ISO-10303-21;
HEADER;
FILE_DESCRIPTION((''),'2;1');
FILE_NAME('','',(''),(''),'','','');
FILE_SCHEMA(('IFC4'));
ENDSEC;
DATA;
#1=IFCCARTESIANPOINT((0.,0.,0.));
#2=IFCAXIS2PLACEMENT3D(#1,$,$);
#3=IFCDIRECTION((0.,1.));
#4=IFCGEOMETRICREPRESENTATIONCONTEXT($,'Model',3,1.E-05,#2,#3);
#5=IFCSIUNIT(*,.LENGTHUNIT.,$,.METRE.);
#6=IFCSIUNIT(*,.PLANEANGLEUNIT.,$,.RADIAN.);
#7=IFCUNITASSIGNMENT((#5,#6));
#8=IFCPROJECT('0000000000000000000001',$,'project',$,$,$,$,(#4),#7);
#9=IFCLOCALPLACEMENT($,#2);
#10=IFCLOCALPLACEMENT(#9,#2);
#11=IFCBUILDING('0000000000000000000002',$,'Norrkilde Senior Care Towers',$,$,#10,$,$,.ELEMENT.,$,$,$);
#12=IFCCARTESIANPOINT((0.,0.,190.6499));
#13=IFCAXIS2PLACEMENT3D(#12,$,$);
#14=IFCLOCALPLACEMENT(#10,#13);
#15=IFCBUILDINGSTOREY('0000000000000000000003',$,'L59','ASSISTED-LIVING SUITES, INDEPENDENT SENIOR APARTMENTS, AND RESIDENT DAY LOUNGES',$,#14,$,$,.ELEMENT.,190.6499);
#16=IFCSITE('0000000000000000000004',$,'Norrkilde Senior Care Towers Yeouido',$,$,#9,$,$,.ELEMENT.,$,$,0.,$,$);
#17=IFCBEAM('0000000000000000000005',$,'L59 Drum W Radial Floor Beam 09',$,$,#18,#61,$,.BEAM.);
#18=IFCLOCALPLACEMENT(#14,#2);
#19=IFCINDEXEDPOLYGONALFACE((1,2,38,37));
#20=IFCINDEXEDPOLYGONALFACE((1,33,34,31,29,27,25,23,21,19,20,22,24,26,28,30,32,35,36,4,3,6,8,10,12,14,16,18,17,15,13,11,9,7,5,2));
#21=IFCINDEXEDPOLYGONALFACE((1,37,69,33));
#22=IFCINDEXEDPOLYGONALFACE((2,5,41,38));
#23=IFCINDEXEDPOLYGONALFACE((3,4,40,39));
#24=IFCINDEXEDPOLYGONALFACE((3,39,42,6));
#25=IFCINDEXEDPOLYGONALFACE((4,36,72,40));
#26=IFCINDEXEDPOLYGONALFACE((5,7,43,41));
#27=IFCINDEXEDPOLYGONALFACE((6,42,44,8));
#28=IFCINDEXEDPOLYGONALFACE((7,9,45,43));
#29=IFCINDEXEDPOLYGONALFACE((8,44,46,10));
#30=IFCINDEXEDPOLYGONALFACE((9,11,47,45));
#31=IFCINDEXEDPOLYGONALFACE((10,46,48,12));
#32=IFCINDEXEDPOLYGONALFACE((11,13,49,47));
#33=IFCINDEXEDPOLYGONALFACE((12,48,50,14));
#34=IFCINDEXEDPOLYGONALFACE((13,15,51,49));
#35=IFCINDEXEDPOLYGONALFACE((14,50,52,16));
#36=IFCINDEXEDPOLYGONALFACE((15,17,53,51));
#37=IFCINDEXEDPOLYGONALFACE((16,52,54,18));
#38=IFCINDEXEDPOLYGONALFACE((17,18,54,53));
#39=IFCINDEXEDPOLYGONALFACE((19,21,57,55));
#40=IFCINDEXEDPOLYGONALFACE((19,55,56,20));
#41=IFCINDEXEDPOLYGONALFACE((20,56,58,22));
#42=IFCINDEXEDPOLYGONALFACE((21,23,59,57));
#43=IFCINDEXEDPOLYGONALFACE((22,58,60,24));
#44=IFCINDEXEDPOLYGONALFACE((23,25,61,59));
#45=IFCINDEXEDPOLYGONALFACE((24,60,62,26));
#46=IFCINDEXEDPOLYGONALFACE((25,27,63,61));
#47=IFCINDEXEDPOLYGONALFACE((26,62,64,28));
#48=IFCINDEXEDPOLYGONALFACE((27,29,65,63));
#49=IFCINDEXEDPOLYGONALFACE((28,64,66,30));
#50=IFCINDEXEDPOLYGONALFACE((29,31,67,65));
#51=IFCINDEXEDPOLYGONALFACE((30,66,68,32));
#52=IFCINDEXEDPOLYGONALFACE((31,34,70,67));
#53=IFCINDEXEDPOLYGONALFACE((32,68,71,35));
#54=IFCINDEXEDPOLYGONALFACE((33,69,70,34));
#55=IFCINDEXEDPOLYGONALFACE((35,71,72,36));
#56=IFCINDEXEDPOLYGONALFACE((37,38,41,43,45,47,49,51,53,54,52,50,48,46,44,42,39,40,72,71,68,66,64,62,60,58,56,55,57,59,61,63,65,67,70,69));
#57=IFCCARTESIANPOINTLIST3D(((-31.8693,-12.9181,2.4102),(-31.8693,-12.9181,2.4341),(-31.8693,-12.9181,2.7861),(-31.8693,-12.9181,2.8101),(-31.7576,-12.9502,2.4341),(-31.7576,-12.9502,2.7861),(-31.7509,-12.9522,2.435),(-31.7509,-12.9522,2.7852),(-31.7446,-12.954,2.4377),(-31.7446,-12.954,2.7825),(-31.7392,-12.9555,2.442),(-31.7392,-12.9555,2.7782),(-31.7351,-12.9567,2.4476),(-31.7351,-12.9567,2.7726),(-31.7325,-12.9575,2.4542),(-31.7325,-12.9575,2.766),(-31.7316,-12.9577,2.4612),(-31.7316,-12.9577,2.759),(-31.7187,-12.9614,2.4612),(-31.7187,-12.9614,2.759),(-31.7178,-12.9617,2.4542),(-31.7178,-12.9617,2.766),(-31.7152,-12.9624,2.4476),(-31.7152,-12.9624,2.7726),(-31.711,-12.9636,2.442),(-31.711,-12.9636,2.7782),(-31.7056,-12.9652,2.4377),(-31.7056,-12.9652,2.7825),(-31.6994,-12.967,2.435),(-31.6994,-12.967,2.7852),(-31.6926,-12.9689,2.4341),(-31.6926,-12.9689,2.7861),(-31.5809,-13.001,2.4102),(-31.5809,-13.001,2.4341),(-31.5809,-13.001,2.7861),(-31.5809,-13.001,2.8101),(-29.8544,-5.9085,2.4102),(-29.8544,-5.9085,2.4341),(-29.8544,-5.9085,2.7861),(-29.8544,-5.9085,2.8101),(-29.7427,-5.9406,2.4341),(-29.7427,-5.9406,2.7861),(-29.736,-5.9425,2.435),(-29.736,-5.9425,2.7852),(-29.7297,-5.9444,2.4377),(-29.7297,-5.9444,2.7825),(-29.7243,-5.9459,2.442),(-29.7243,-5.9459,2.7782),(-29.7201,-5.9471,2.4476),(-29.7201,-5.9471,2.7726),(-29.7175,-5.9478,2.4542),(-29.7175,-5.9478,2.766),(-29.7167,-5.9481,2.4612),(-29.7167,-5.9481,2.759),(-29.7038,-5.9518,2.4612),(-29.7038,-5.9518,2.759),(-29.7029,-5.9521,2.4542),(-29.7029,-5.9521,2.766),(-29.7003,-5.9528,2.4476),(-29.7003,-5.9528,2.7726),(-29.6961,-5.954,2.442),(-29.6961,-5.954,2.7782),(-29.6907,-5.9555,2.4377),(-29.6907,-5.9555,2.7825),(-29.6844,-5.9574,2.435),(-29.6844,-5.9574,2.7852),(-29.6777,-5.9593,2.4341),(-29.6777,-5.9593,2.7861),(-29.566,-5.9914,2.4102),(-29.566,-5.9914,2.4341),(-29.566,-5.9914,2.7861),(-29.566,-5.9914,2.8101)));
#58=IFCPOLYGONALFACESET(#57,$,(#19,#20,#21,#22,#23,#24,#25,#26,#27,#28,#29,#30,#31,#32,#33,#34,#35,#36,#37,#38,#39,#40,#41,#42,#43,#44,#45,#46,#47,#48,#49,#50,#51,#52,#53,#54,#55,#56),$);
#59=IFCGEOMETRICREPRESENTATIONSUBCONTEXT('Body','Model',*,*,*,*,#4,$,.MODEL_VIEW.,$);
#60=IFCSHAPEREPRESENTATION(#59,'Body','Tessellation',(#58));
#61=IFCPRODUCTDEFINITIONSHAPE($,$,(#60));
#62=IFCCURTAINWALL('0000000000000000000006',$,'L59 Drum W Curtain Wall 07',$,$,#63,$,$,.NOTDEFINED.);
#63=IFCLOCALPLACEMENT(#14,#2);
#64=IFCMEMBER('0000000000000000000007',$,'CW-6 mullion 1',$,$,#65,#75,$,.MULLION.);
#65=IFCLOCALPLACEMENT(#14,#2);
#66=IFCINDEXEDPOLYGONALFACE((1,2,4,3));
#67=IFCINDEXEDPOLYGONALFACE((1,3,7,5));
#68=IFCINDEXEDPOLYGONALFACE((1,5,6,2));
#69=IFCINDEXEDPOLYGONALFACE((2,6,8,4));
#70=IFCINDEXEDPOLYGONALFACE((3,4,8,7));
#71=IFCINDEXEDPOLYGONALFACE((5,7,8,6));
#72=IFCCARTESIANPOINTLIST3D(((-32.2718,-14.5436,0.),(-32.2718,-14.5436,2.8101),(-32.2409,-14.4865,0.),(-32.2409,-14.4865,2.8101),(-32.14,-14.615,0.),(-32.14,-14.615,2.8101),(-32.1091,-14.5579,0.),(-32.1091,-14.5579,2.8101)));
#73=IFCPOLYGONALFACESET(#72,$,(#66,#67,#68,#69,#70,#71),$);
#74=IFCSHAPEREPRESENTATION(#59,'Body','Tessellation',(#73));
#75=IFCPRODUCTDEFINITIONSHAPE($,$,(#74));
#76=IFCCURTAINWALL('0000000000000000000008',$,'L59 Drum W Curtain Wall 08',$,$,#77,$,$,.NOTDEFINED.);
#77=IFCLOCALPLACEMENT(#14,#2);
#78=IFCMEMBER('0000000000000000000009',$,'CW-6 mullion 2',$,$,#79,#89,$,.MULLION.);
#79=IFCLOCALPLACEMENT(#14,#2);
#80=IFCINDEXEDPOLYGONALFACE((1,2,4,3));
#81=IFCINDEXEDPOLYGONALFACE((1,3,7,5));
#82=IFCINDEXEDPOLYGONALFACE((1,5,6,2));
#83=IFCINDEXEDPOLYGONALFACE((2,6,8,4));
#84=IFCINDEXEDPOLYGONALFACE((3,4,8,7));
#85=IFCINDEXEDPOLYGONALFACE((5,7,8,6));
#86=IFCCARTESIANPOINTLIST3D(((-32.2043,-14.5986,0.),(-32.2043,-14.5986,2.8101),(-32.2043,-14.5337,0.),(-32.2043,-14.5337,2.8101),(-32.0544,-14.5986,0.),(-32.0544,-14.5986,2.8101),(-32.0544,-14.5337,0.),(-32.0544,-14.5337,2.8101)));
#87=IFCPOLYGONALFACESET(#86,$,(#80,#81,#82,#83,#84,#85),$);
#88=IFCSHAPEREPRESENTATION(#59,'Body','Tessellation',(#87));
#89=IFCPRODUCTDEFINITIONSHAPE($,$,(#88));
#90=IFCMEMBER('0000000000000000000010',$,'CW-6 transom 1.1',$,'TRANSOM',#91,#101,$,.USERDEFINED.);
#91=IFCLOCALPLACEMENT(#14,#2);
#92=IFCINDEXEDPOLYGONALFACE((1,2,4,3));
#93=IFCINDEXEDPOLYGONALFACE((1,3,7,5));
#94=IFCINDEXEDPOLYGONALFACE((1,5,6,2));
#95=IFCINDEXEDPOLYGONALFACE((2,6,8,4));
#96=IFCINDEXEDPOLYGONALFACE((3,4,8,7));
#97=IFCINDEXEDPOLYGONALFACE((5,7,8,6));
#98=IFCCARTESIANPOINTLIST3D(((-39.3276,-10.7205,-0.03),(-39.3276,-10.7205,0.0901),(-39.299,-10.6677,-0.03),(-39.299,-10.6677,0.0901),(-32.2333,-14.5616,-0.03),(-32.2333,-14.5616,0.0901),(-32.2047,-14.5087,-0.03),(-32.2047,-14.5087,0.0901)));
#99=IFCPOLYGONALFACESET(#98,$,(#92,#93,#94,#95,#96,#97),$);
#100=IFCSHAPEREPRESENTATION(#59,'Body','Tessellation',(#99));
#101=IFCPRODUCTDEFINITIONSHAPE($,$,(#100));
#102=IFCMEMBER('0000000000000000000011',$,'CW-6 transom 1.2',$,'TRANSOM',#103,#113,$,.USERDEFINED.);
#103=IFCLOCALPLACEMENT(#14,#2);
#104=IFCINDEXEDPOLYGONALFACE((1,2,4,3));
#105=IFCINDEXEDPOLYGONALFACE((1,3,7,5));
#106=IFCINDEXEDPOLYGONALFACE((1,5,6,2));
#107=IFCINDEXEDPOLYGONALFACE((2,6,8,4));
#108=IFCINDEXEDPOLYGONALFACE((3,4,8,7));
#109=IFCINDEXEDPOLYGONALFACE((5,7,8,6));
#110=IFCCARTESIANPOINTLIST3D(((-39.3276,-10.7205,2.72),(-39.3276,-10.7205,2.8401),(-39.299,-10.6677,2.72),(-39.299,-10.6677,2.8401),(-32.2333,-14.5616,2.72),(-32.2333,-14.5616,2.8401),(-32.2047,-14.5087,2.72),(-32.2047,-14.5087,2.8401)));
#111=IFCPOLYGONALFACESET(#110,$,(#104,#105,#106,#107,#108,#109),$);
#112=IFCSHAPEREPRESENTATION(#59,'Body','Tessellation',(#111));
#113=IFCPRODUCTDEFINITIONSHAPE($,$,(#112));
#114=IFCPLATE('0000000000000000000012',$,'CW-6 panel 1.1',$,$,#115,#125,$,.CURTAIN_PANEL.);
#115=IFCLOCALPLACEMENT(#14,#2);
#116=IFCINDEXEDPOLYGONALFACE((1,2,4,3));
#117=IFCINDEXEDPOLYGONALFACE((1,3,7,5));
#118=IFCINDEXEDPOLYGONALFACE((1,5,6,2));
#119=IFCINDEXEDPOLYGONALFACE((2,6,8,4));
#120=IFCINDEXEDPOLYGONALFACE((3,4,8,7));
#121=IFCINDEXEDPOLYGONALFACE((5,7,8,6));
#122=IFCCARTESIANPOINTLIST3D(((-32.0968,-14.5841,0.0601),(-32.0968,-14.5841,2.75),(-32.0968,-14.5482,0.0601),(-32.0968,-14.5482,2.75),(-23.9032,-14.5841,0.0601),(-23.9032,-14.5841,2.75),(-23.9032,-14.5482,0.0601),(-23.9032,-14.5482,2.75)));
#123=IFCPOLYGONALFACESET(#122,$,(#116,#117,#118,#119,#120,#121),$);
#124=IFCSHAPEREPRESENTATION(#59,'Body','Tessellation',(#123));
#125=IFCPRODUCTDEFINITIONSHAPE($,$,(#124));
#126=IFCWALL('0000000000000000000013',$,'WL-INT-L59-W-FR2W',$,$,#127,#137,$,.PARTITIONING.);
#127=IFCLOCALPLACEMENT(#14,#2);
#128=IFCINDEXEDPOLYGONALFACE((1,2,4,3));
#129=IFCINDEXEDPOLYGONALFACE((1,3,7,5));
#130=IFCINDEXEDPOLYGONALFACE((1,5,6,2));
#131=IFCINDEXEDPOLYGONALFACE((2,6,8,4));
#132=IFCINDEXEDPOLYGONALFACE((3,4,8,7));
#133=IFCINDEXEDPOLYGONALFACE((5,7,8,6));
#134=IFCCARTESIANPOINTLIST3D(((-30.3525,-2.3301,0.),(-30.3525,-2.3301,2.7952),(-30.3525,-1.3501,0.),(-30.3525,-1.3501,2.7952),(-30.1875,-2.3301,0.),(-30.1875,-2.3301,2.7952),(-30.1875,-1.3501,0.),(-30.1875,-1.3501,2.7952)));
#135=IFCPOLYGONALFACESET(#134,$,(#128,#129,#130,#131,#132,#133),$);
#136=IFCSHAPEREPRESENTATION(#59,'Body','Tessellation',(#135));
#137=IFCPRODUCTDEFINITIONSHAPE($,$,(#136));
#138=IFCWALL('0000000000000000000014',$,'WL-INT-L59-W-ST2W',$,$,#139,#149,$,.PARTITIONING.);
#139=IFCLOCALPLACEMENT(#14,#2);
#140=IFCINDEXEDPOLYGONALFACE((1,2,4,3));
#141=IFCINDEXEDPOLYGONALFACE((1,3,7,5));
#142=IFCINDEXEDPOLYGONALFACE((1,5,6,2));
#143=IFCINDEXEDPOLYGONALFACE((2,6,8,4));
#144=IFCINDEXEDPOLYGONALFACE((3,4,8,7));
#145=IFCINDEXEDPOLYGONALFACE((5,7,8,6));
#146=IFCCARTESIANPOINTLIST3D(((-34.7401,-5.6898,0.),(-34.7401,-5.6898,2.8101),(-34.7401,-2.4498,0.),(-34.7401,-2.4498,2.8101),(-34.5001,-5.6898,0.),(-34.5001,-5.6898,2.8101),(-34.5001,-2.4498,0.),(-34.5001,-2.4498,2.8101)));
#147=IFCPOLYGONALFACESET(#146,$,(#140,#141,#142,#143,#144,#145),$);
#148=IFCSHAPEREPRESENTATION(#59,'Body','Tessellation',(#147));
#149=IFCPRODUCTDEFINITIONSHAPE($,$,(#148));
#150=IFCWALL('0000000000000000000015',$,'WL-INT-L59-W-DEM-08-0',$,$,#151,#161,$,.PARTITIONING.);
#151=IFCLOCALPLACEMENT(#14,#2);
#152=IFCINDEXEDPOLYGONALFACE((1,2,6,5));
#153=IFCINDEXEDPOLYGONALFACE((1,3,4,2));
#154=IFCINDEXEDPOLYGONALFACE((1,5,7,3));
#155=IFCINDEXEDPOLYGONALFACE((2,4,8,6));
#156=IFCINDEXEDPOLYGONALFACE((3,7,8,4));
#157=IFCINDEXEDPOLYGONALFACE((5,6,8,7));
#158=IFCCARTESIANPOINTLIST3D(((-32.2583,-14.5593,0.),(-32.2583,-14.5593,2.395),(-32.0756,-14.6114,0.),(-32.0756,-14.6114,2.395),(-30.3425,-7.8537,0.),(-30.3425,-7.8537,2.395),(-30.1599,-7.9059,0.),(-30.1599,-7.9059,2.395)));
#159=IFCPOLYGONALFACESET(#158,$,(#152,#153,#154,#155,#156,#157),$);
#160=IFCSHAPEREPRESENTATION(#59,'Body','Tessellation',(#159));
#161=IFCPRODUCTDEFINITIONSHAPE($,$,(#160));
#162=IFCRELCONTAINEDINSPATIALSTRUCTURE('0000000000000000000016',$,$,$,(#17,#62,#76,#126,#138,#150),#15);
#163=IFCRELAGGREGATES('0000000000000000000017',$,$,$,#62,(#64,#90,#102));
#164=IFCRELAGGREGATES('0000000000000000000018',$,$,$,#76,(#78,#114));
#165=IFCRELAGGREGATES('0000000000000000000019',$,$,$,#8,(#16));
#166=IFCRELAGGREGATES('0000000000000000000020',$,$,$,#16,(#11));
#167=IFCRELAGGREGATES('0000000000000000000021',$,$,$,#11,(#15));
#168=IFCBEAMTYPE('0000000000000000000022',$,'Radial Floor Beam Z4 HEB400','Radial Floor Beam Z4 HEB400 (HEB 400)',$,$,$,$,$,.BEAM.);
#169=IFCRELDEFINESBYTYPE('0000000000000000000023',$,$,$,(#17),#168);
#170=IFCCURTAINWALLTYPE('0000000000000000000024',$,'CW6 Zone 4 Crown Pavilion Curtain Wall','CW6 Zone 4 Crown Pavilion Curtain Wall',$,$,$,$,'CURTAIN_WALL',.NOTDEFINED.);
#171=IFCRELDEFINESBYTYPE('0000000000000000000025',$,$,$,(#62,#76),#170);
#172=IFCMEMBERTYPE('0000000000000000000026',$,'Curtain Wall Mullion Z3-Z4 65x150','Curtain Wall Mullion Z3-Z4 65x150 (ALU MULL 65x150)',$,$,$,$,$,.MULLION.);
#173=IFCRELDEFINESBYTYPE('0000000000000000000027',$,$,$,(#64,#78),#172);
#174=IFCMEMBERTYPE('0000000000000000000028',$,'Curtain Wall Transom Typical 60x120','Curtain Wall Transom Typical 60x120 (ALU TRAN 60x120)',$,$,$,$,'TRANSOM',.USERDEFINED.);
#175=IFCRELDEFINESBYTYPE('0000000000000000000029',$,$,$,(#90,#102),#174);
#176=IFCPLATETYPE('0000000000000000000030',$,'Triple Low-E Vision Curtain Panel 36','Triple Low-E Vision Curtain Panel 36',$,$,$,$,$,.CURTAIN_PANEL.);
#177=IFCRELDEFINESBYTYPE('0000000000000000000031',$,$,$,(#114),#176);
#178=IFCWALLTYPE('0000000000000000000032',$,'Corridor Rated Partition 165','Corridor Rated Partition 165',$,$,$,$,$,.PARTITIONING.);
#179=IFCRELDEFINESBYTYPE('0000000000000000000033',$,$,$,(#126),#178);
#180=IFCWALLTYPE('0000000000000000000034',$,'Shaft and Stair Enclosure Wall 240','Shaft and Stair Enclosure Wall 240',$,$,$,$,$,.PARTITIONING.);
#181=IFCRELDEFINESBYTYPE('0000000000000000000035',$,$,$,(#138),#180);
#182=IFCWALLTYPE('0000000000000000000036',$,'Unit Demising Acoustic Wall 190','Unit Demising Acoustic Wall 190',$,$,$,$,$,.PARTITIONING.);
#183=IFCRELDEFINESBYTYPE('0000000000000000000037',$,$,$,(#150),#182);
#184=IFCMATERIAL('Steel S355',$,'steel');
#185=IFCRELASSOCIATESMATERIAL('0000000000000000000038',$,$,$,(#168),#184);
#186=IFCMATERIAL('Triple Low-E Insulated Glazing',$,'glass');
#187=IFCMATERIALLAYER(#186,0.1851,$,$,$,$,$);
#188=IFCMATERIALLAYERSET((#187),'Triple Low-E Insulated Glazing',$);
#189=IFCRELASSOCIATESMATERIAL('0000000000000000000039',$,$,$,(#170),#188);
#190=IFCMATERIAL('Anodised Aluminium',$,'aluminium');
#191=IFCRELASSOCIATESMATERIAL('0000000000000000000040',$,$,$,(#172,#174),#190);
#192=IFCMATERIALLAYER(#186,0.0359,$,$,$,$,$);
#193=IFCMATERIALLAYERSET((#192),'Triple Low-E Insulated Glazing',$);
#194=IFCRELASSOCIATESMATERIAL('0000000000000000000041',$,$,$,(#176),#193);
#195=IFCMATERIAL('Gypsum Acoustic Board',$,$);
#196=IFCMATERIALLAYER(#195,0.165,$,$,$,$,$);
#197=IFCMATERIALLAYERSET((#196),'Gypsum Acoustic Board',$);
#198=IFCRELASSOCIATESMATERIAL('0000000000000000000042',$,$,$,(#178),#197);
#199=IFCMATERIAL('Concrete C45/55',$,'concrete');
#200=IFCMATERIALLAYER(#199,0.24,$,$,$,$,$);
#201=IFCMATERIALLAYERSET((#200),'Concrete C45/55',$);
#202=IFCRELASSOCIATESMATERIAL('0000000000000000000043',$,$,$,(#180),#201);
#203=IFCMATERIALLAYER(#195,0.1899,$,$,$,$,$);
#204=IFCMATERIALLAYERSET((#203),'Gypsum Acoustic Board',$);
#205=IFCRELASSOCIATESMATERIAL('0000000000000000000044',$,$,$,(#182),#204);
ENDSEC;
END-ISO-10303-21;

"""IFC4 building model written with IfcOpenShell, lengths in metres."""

from ifc_helpers import new_model, si_unit, direction, frame, frame_2d, origin, origin_2d, place, context, subcontext, project, spatial, rectangle, i_section, extrude, source, transform, mapped, material, layer, layer_set, material_profile, profile_set, type_object, type_shapes, element, aggregate, save


model = new_model("IFC4")

# Units and contexts
model_context = context("Model", 3, precision=1e-05, world=origin(), true_north=direction((0.0, 1.0)))
body_context = subcontext(model_context, "Body", "Model", "MODEL_VIEW")
ifc_project = project(units=[si_unit("LENGTHUNIT", "METRE"), si_unit("PLANEANGLEUNIT", "RADIAN")], contexts=[model_context])

# Site, building, storey
site_placement = place(None, origin())
site = spatial("IfcSite", under=ifc_project, at=site_placement, Name="Norrkilde Senior Care Towers Yeouido", CompositionType="ELEMENT", RefElevation=0.0)
building_placement = place(site_placement, origin())
building = spatial("IfcBuilding", under=site, at=building_placement, Name="Norrkilde Senior Care Towers", CompositionType="ELEMENT")
storey_placement = place(building_placement, frame((0.0, 0.0, 190.6499)))
storey = spatial("IfcBuildingStorey", under=building, at=storey_placement, Name="L59", Description="ASSISTED-LIVING SUITES, INDEPENDENT SENIOR APARTMENTS, AND RESIDENT DAY LOUNGES", CompositionType="ELEMENT", Elevation=190.6499)

# Beam
ifc_material_1 = material(Name="Steel S355", Category="steel")
ifc_material_profile_1 = material_profile(ifc_material_1, i_section(OverallWidth=0.3, OverallDepth=0.3999, WebThickness=0.0134, FlangeThickness=0.0239, FilletRadius=0.0271, at=origin_2d()), Name="HEB 400")
ifc_profile_set_1 = profile_set([ifc_material_profile_1], Name="Steel S355")
beam_type_1 = type_object("IfcBeamType", Name="Radial Floor Beam Z4 HEB400", Description="Radial Floor Beam Z4 HEB400 (HEB 400)", PredefinedType="BEAM", material=ifc_profile_set_1)
shared_shape_1 = source(origin(), body_context, "Body", "SweptSolid", [
    extrude(i_section(OverallWidth=0.3, OverallDepth=0.3999, WebThickness=0.0134, FlangeThickness=0.0239, FilletRadius=0.0271, at=origin_2d()), origin(), (0.0, 0.0, 1.0), 7.2935),
])
beam_1_placement = place(storey_placement, frame((-29.7102, -5.95, 2.6101), z_axis=(-0.276264, -0.961082, 0.0), x_axis=(0.961082, -0.276264, 0.0)))
element("IfcBeam", 1, at=beam_1_placement, inside=storey, type_object=beam_type_1, Name="L59 Drum W Radial Floor Beam 09", PredefinedType="BEAM", context=body_context, shape_type="MappedRepresentation", body=[
    mapped(shared_shape_1, transform((0.0, 0.0, 0.0), x_axis=(1.0, 0.0, 0.0), y_axis=(0.0, 1.0, 0.0), z_axis=(0.0, 0.0, 1.0), scale=1.0)),
])

# Curtain walls, members
ifc_material_2 = material(Name="Triple Low-E Insulated Glazing", Category="glass")
ifc_layer_1 = layer(ifc_material_2, 0.1851)
ifc_layer_set_1 = layer_set([ifc_layer_1], Name="Triple Low-E Insulated Glazing")
curtain_wall_type = type_object("IfcCurtainWallType", Name="CW6 Zone 4 Crown Pavilion Curtain Wall", Description="CW6 Zone 4 Crown Pavilion Curtain Wall", ElementType="CURTAIN_WALL", PredefinedType="NOTDEFINED", material=ifc_layer_set_1)
curtain_wall_1_placement = place(storey_placement, origin())
curtain_wall_1 = element("IfcCurtainWall", 2, at=curtain_wall_1_placement, inside=storey, type_object=curtain_wall_type, Name="L59 Drum W Curtain Wall 07", PredefinedType="NOTDEFINED")
ifc_material_3 = material(Name="Anodised Aluminium", Category="aluminium")
ifc_material_profile_2 = material_profile(ifc_material_3, rectangle(XDim=0.0649, YDim=0.1499, at=origin_2d()), Name="ALU MULL 65x150")
ifc_profile_set_2 = profile_set([ifc_material_profile_2], Name="Anodised Aluminium")
member_type_1 = type_object("IfcMemberType", Name="Curtain Wall Mullion Z3-Z4 65x150", Description="Curtain Wall Mullion Z3-Z4 65x150 (ALU MULL 65x150)", PredefinedType="MULLION", material=ifc_profile_set_2)
shared_shape_2 = source(origin(), body_context, "Body", "SweptSolid", [
    extrude(rectangle(XDim=0.0649, YDim=0.1499, at=origin_2d()), origin(), (0.0, 0.0, 1.0), 2.8101),
])
type_shapes(member_type_1, [shared_shape_2])
member_1_placement = place(storey_placement, frame((-32.1904, -14.5508, 0.0), z_axis=(0.0, 0.0, 1.0), x_axis=(-0.476133, -0.879373, 0.0)))
member_1 = element("IfcMember", 3, at=member_1_placement, type_object=member_type_1, Name="CW-6 mullion 1", PredefinedType="MULLION", context=body_context, shape_type="MappedRepresentation", body=[
    mapped(shared_shape_2, transform((0.0, 0.0, 0.0), x_axis=(1.0, 0.0, 0.0), y_axis=(0.0, 1.0, 0.0), z_axis=(0.0, 0.0, 1.0), scale=1.0)),
])
curtain_wall_2_placement = place(storey_placement, origin())
curtain_wall_2 = element("IfcCurtainWall", 4, at=curtain_wall_2_placement, inside=storey, type_object=curtain_wall_type, Name="L59 Drum W Curtain Wall 08", PredefinedType="NOTDEFINED")
member_2_placement = place(storey_placement, frame((-32.1294, -14.5662, 0.0), z_axis=(0.0, 0.0, 1.0), x_axis=(0.0, -1.0, 0.0)))
member_2 = element("IfcMember", 5, at=member_2_placement, type_object=member_type_1, Name="CW-6 mullion 2", PredefinedType="MULLION", context=body_context, shape_type="MappedRepresentation", body=[
    mapped(shared_shape_2, transform((0.0, 0.0, 0.0), x_axis=(1.0, 0.0, 0.0), y_axis=(0.0, 1.0, 0.0), z_axis=(0.0, 0.0, 1.0), scale=1.0)),
])

# Members
ifc_material_profile_3 = material_profile(ifc_material_3, rectangle(XDim=0.0601, YDim=0.1201, at=origin_2d()), Name="ALU TRAN 60x120")
ifc_profile_set_3 = profile_set([ifc_material_profile_3], Name="Anodised Aluminium")
member_type_2 = type_object("IfcMemberType", Name="Curtain Wall Transom Typical 60x120", Description="Curtain Wall Transom Typical 60x120 (ALU TRAN 60x120)", ElementType="TRANSOM", PredefinedType="USERDEFINED", material=ifc_profile_set_3)
shared_shape_3 = source(origin(), body_context, "Body", "SweptSolid", [
    extrude(rectangle(XDim=0.0601, YDim=0.1201, at=origin_2d()), origin(), (0.0, 0.0, 1.0), 8.0674),
])
type_shapes(member_type_2, [shared_shape_3])
member_3_placement = place(storey_placement, frame((-32.219, -14.5352, 0.03), z_axis=(-0.879378, 0.476125, 0.0), x_axis=(-0.476125, -0.879378, 0.0)))
member_3 = element("IfcMember", 6, at=member_3_placement, type_object=member_type_2, Name="CW-6 transom 1.1", ObjectType="TRANSOM", PredefinedType="USERDEFINED", context=body_context, shape_type="MappedRepresentation", body=[
    mapped(shared_shape_3, transform((0.0, 0.0, 0.0), x_axis=(1.0, 0.0, 0.0), y_axis=(0.0, 1.0, 0.0), z_axis=(0.0, 0.0, 1.0), scale=1.0)),
])
member_4_placement = place(storey_placement, frame((-32.219, -14.5352, 2.78), z_axis=(-0.879378, 0.476125, 0.0), x_axis=(-0.476125, -0.879378, 0.0)))
member_4 = element("IfcMember", 7, at=member_4_placement, type_object=member_type_2, Name="CW-6 transom 1.2", ObjectType="TRANSOM", PredefinedType="USERDEFINED", context=body_context, shape_type="MappedRepresentation", body=[
    mapped(shared_shape_3, transform((0.0, 0.0, 0.0), x_axis=(1.0, 0.0, 0.0), y_axis=(0.0, 1.0, 0.0), z_axis=(0.0, 0.0, 1.0), scale=1.0)),
])
aggregate(curtain_wall_1, [member_1, member_3, member_4])

# Plate
ifc_layer_2 = layer(ifc_material_2, 0.0359)
ifc_layer_set_2 = layer_set([ifc_layer_2], Name="Triple Low-E Insulated Glazing")
plate_type = type_object("IfcPlateType", Name="Triple Low-E Vision Curtain Panel 36", Description="Triple Low-E Vision Curtain Panel 36", PredefinedType="CURTAIN_PANEL", material=ifc_layer_set_2)
shared_shape_4 = source(origin(), body_context, "Body", "SweptSolid", [
    extrude(rectangle(XDim=8.1936, YDim=0.0359, at=origin_2d()), origin(), (0.0, 0.0, 1.0), 2.6899),
])
type_shapes(plate_type, [shared_shape_4])
plate_placement = place(storey_placement, frame((-28.0, -14.5662, 0.0601), z_axis=(0.0, 0.0, 1.0), x_axis=(-1.0, 0.0, 0.0)))
plate = element("IfcPlate", 8, at=plate_placement, type_object=plate_type, Name="CW-6 panel 1.1", PredefinedType="CURTAIN_PANEL", context=body_context, shape_type="MappedRepresentation", body=[
    mapped(shared_shape_4, transform((0.0, 0.0, 0.0), x_axis=(1.0, 0.0, 0.0), y_axis=(0.0, 1.0, 0.0), z_axis=(0.0, 0.0, 1.0), scale=1.0)),
])
aggregate(curtain_wall_2, [member_2, plate])

# Wall
ifc_material_4 = material(Name="Gypsum Acoustic Board")
ifc_layer_3 = layer(ifc_material_4, 0.165)
ifc_layer_set_3 = layer_set([ifc_layer_3], Name="Gypsum Acoustic Board")
wall_type_1 = type_object("IfcWallType", Name="Corridor Rated Partition 165", Description="Corridor Rated Partition 165", PredefinedType="PARTITIONING", material=ifc_layer_set_3)
shared_shape_5 = source(origin(), body_context, "Body", "SweptSolid", [
    extrude(rectangle(XDim=0.98, YDim=0.165, at=frame_2d((0.49, 0.0))), origin(), (0.0, 0.0, 1.0), 2.7952),
])
type_shapes(wall_type_1, [shared_shape_5])
wall_1_placement = place(storey_placement, frame((-30.27, -2.3301, 0.0), z_axis=(0.0, 0.0, 1.0), x_axis=(0.0, 1.0, 0.0)))
element("IfcWall", 9, at=wall_1_placement, inside=storey, type_object=wall_type_1, Name="WL-INT-L59-W-FR2W", PredefinedType="PARTITIONING", context=body_context, shape_type="MappedRepresentation", body=[
    mapped(shared_shape_5, transform((0.0, 0.0, 0.0), x_axis=(1.0, 0.0, 0.0), y_axis=(0.0, 1.0, 0.0), z_axis=(0.0, 0.0, 1.0), scale=1.0)),
])

# Shared definitions
ifc_material_5 = material(Name="Concrete C45/55", Category="concrete")
ifc_layer_4 = layer(ifc_material_5, 0.24)
ifc_layer_set_4 = layer_set([ifc_layer_4], Name="Concrete C45/55")
wall_type_2 = type_object("IfcWallType", Name="Shaft and Stair Enclosure Wall 240", Description="Shaft and Stair Enclosure Wall 240", PredefinedType="PARTITIONING", material=ifc_layer_set_4)

# Walls
shared_shape_6 = source(origin(), body_context, "Body", "SweptSolid", [
    extrude(rectangle(XDim=3.24, YDim=0.24, at=frame_2d((1.6201, 0.0))), origin(), (0.0, 0.0, 1.0), 2.8101),
])
wall_2_placement = place(storey_placement, frame((-34.6201, -5.6899, 0.0), z_axis=(0.0, 0.0, 1.0), x_axis=(0.0, 1.0, 0.0)))
element("IfcWall", 10, at=wall_2_placement, inside=storey, type_object=wall_type_2, Name="WL-INT-L59-W-ST2W", PredefinedType="PARTITIONING", context=body_context, shape_type="MappedRepresentation", body=[
    mapped(shared_shape_6, transform((0.0, 0.0, 0.0), x_axis=(1.0, 0.0, 0.0), y_axis=(0.0, 1.0, 0.0), z_axis=(0.0, 0.0, 1.0), scale=1.0)),
])
ifc_layer_5 = layer(ifc_material_4, 0.1899)
ifc_layer_set_5 = layer_set([ifc_layer_5], Name="Gypsum Acoustic Board")
wall_type_3 = type_object("IfcWallType", Name="Unit Demising Acoustic Wall 190", Description="Unit Demising Acoustic Wall 190", PredefinedType="PARTITIONING", material=ifc_layer_set_5)
shared_shape_7 = source(origin(), body_context, "Body", "SweptSolid", [
    extrude(rectangle(XDim=6.9739, YDim=0.1899, at=frame_2d((3.4868, 0.0))), origin(), (0.0, 0.0, 1.0), 2.395),
])
type_shapes(wall_type_3, [shared_shape_7])
wall_3_placement = place(storey_placement, frame((-30.2512, -7.8799, 0.0), z_axis=(0.0, 0.0, 1.0), x_axis=(-0.274707, -0.961528, 0.0)))
element("IfcWall", 11, at=wall_3_placement, inside=storey, type_object=wall_type_3, Name="WL-INT-L59-W-DEM-08-0", PredefinedType="PARTITIONING", context=body_context, shape_type="MappedRepresentation", body=[
    mapped(shared_shape_7, transform((0.0, 0.0, 0.0), x_axis=(1.0, 0.0, 0.0), y_axis=(0.0, 1.0, 0.0), z_axis=(0.0, 0.0, 1.0), scale=1.0)),
])

save(model, "model.ifc")
